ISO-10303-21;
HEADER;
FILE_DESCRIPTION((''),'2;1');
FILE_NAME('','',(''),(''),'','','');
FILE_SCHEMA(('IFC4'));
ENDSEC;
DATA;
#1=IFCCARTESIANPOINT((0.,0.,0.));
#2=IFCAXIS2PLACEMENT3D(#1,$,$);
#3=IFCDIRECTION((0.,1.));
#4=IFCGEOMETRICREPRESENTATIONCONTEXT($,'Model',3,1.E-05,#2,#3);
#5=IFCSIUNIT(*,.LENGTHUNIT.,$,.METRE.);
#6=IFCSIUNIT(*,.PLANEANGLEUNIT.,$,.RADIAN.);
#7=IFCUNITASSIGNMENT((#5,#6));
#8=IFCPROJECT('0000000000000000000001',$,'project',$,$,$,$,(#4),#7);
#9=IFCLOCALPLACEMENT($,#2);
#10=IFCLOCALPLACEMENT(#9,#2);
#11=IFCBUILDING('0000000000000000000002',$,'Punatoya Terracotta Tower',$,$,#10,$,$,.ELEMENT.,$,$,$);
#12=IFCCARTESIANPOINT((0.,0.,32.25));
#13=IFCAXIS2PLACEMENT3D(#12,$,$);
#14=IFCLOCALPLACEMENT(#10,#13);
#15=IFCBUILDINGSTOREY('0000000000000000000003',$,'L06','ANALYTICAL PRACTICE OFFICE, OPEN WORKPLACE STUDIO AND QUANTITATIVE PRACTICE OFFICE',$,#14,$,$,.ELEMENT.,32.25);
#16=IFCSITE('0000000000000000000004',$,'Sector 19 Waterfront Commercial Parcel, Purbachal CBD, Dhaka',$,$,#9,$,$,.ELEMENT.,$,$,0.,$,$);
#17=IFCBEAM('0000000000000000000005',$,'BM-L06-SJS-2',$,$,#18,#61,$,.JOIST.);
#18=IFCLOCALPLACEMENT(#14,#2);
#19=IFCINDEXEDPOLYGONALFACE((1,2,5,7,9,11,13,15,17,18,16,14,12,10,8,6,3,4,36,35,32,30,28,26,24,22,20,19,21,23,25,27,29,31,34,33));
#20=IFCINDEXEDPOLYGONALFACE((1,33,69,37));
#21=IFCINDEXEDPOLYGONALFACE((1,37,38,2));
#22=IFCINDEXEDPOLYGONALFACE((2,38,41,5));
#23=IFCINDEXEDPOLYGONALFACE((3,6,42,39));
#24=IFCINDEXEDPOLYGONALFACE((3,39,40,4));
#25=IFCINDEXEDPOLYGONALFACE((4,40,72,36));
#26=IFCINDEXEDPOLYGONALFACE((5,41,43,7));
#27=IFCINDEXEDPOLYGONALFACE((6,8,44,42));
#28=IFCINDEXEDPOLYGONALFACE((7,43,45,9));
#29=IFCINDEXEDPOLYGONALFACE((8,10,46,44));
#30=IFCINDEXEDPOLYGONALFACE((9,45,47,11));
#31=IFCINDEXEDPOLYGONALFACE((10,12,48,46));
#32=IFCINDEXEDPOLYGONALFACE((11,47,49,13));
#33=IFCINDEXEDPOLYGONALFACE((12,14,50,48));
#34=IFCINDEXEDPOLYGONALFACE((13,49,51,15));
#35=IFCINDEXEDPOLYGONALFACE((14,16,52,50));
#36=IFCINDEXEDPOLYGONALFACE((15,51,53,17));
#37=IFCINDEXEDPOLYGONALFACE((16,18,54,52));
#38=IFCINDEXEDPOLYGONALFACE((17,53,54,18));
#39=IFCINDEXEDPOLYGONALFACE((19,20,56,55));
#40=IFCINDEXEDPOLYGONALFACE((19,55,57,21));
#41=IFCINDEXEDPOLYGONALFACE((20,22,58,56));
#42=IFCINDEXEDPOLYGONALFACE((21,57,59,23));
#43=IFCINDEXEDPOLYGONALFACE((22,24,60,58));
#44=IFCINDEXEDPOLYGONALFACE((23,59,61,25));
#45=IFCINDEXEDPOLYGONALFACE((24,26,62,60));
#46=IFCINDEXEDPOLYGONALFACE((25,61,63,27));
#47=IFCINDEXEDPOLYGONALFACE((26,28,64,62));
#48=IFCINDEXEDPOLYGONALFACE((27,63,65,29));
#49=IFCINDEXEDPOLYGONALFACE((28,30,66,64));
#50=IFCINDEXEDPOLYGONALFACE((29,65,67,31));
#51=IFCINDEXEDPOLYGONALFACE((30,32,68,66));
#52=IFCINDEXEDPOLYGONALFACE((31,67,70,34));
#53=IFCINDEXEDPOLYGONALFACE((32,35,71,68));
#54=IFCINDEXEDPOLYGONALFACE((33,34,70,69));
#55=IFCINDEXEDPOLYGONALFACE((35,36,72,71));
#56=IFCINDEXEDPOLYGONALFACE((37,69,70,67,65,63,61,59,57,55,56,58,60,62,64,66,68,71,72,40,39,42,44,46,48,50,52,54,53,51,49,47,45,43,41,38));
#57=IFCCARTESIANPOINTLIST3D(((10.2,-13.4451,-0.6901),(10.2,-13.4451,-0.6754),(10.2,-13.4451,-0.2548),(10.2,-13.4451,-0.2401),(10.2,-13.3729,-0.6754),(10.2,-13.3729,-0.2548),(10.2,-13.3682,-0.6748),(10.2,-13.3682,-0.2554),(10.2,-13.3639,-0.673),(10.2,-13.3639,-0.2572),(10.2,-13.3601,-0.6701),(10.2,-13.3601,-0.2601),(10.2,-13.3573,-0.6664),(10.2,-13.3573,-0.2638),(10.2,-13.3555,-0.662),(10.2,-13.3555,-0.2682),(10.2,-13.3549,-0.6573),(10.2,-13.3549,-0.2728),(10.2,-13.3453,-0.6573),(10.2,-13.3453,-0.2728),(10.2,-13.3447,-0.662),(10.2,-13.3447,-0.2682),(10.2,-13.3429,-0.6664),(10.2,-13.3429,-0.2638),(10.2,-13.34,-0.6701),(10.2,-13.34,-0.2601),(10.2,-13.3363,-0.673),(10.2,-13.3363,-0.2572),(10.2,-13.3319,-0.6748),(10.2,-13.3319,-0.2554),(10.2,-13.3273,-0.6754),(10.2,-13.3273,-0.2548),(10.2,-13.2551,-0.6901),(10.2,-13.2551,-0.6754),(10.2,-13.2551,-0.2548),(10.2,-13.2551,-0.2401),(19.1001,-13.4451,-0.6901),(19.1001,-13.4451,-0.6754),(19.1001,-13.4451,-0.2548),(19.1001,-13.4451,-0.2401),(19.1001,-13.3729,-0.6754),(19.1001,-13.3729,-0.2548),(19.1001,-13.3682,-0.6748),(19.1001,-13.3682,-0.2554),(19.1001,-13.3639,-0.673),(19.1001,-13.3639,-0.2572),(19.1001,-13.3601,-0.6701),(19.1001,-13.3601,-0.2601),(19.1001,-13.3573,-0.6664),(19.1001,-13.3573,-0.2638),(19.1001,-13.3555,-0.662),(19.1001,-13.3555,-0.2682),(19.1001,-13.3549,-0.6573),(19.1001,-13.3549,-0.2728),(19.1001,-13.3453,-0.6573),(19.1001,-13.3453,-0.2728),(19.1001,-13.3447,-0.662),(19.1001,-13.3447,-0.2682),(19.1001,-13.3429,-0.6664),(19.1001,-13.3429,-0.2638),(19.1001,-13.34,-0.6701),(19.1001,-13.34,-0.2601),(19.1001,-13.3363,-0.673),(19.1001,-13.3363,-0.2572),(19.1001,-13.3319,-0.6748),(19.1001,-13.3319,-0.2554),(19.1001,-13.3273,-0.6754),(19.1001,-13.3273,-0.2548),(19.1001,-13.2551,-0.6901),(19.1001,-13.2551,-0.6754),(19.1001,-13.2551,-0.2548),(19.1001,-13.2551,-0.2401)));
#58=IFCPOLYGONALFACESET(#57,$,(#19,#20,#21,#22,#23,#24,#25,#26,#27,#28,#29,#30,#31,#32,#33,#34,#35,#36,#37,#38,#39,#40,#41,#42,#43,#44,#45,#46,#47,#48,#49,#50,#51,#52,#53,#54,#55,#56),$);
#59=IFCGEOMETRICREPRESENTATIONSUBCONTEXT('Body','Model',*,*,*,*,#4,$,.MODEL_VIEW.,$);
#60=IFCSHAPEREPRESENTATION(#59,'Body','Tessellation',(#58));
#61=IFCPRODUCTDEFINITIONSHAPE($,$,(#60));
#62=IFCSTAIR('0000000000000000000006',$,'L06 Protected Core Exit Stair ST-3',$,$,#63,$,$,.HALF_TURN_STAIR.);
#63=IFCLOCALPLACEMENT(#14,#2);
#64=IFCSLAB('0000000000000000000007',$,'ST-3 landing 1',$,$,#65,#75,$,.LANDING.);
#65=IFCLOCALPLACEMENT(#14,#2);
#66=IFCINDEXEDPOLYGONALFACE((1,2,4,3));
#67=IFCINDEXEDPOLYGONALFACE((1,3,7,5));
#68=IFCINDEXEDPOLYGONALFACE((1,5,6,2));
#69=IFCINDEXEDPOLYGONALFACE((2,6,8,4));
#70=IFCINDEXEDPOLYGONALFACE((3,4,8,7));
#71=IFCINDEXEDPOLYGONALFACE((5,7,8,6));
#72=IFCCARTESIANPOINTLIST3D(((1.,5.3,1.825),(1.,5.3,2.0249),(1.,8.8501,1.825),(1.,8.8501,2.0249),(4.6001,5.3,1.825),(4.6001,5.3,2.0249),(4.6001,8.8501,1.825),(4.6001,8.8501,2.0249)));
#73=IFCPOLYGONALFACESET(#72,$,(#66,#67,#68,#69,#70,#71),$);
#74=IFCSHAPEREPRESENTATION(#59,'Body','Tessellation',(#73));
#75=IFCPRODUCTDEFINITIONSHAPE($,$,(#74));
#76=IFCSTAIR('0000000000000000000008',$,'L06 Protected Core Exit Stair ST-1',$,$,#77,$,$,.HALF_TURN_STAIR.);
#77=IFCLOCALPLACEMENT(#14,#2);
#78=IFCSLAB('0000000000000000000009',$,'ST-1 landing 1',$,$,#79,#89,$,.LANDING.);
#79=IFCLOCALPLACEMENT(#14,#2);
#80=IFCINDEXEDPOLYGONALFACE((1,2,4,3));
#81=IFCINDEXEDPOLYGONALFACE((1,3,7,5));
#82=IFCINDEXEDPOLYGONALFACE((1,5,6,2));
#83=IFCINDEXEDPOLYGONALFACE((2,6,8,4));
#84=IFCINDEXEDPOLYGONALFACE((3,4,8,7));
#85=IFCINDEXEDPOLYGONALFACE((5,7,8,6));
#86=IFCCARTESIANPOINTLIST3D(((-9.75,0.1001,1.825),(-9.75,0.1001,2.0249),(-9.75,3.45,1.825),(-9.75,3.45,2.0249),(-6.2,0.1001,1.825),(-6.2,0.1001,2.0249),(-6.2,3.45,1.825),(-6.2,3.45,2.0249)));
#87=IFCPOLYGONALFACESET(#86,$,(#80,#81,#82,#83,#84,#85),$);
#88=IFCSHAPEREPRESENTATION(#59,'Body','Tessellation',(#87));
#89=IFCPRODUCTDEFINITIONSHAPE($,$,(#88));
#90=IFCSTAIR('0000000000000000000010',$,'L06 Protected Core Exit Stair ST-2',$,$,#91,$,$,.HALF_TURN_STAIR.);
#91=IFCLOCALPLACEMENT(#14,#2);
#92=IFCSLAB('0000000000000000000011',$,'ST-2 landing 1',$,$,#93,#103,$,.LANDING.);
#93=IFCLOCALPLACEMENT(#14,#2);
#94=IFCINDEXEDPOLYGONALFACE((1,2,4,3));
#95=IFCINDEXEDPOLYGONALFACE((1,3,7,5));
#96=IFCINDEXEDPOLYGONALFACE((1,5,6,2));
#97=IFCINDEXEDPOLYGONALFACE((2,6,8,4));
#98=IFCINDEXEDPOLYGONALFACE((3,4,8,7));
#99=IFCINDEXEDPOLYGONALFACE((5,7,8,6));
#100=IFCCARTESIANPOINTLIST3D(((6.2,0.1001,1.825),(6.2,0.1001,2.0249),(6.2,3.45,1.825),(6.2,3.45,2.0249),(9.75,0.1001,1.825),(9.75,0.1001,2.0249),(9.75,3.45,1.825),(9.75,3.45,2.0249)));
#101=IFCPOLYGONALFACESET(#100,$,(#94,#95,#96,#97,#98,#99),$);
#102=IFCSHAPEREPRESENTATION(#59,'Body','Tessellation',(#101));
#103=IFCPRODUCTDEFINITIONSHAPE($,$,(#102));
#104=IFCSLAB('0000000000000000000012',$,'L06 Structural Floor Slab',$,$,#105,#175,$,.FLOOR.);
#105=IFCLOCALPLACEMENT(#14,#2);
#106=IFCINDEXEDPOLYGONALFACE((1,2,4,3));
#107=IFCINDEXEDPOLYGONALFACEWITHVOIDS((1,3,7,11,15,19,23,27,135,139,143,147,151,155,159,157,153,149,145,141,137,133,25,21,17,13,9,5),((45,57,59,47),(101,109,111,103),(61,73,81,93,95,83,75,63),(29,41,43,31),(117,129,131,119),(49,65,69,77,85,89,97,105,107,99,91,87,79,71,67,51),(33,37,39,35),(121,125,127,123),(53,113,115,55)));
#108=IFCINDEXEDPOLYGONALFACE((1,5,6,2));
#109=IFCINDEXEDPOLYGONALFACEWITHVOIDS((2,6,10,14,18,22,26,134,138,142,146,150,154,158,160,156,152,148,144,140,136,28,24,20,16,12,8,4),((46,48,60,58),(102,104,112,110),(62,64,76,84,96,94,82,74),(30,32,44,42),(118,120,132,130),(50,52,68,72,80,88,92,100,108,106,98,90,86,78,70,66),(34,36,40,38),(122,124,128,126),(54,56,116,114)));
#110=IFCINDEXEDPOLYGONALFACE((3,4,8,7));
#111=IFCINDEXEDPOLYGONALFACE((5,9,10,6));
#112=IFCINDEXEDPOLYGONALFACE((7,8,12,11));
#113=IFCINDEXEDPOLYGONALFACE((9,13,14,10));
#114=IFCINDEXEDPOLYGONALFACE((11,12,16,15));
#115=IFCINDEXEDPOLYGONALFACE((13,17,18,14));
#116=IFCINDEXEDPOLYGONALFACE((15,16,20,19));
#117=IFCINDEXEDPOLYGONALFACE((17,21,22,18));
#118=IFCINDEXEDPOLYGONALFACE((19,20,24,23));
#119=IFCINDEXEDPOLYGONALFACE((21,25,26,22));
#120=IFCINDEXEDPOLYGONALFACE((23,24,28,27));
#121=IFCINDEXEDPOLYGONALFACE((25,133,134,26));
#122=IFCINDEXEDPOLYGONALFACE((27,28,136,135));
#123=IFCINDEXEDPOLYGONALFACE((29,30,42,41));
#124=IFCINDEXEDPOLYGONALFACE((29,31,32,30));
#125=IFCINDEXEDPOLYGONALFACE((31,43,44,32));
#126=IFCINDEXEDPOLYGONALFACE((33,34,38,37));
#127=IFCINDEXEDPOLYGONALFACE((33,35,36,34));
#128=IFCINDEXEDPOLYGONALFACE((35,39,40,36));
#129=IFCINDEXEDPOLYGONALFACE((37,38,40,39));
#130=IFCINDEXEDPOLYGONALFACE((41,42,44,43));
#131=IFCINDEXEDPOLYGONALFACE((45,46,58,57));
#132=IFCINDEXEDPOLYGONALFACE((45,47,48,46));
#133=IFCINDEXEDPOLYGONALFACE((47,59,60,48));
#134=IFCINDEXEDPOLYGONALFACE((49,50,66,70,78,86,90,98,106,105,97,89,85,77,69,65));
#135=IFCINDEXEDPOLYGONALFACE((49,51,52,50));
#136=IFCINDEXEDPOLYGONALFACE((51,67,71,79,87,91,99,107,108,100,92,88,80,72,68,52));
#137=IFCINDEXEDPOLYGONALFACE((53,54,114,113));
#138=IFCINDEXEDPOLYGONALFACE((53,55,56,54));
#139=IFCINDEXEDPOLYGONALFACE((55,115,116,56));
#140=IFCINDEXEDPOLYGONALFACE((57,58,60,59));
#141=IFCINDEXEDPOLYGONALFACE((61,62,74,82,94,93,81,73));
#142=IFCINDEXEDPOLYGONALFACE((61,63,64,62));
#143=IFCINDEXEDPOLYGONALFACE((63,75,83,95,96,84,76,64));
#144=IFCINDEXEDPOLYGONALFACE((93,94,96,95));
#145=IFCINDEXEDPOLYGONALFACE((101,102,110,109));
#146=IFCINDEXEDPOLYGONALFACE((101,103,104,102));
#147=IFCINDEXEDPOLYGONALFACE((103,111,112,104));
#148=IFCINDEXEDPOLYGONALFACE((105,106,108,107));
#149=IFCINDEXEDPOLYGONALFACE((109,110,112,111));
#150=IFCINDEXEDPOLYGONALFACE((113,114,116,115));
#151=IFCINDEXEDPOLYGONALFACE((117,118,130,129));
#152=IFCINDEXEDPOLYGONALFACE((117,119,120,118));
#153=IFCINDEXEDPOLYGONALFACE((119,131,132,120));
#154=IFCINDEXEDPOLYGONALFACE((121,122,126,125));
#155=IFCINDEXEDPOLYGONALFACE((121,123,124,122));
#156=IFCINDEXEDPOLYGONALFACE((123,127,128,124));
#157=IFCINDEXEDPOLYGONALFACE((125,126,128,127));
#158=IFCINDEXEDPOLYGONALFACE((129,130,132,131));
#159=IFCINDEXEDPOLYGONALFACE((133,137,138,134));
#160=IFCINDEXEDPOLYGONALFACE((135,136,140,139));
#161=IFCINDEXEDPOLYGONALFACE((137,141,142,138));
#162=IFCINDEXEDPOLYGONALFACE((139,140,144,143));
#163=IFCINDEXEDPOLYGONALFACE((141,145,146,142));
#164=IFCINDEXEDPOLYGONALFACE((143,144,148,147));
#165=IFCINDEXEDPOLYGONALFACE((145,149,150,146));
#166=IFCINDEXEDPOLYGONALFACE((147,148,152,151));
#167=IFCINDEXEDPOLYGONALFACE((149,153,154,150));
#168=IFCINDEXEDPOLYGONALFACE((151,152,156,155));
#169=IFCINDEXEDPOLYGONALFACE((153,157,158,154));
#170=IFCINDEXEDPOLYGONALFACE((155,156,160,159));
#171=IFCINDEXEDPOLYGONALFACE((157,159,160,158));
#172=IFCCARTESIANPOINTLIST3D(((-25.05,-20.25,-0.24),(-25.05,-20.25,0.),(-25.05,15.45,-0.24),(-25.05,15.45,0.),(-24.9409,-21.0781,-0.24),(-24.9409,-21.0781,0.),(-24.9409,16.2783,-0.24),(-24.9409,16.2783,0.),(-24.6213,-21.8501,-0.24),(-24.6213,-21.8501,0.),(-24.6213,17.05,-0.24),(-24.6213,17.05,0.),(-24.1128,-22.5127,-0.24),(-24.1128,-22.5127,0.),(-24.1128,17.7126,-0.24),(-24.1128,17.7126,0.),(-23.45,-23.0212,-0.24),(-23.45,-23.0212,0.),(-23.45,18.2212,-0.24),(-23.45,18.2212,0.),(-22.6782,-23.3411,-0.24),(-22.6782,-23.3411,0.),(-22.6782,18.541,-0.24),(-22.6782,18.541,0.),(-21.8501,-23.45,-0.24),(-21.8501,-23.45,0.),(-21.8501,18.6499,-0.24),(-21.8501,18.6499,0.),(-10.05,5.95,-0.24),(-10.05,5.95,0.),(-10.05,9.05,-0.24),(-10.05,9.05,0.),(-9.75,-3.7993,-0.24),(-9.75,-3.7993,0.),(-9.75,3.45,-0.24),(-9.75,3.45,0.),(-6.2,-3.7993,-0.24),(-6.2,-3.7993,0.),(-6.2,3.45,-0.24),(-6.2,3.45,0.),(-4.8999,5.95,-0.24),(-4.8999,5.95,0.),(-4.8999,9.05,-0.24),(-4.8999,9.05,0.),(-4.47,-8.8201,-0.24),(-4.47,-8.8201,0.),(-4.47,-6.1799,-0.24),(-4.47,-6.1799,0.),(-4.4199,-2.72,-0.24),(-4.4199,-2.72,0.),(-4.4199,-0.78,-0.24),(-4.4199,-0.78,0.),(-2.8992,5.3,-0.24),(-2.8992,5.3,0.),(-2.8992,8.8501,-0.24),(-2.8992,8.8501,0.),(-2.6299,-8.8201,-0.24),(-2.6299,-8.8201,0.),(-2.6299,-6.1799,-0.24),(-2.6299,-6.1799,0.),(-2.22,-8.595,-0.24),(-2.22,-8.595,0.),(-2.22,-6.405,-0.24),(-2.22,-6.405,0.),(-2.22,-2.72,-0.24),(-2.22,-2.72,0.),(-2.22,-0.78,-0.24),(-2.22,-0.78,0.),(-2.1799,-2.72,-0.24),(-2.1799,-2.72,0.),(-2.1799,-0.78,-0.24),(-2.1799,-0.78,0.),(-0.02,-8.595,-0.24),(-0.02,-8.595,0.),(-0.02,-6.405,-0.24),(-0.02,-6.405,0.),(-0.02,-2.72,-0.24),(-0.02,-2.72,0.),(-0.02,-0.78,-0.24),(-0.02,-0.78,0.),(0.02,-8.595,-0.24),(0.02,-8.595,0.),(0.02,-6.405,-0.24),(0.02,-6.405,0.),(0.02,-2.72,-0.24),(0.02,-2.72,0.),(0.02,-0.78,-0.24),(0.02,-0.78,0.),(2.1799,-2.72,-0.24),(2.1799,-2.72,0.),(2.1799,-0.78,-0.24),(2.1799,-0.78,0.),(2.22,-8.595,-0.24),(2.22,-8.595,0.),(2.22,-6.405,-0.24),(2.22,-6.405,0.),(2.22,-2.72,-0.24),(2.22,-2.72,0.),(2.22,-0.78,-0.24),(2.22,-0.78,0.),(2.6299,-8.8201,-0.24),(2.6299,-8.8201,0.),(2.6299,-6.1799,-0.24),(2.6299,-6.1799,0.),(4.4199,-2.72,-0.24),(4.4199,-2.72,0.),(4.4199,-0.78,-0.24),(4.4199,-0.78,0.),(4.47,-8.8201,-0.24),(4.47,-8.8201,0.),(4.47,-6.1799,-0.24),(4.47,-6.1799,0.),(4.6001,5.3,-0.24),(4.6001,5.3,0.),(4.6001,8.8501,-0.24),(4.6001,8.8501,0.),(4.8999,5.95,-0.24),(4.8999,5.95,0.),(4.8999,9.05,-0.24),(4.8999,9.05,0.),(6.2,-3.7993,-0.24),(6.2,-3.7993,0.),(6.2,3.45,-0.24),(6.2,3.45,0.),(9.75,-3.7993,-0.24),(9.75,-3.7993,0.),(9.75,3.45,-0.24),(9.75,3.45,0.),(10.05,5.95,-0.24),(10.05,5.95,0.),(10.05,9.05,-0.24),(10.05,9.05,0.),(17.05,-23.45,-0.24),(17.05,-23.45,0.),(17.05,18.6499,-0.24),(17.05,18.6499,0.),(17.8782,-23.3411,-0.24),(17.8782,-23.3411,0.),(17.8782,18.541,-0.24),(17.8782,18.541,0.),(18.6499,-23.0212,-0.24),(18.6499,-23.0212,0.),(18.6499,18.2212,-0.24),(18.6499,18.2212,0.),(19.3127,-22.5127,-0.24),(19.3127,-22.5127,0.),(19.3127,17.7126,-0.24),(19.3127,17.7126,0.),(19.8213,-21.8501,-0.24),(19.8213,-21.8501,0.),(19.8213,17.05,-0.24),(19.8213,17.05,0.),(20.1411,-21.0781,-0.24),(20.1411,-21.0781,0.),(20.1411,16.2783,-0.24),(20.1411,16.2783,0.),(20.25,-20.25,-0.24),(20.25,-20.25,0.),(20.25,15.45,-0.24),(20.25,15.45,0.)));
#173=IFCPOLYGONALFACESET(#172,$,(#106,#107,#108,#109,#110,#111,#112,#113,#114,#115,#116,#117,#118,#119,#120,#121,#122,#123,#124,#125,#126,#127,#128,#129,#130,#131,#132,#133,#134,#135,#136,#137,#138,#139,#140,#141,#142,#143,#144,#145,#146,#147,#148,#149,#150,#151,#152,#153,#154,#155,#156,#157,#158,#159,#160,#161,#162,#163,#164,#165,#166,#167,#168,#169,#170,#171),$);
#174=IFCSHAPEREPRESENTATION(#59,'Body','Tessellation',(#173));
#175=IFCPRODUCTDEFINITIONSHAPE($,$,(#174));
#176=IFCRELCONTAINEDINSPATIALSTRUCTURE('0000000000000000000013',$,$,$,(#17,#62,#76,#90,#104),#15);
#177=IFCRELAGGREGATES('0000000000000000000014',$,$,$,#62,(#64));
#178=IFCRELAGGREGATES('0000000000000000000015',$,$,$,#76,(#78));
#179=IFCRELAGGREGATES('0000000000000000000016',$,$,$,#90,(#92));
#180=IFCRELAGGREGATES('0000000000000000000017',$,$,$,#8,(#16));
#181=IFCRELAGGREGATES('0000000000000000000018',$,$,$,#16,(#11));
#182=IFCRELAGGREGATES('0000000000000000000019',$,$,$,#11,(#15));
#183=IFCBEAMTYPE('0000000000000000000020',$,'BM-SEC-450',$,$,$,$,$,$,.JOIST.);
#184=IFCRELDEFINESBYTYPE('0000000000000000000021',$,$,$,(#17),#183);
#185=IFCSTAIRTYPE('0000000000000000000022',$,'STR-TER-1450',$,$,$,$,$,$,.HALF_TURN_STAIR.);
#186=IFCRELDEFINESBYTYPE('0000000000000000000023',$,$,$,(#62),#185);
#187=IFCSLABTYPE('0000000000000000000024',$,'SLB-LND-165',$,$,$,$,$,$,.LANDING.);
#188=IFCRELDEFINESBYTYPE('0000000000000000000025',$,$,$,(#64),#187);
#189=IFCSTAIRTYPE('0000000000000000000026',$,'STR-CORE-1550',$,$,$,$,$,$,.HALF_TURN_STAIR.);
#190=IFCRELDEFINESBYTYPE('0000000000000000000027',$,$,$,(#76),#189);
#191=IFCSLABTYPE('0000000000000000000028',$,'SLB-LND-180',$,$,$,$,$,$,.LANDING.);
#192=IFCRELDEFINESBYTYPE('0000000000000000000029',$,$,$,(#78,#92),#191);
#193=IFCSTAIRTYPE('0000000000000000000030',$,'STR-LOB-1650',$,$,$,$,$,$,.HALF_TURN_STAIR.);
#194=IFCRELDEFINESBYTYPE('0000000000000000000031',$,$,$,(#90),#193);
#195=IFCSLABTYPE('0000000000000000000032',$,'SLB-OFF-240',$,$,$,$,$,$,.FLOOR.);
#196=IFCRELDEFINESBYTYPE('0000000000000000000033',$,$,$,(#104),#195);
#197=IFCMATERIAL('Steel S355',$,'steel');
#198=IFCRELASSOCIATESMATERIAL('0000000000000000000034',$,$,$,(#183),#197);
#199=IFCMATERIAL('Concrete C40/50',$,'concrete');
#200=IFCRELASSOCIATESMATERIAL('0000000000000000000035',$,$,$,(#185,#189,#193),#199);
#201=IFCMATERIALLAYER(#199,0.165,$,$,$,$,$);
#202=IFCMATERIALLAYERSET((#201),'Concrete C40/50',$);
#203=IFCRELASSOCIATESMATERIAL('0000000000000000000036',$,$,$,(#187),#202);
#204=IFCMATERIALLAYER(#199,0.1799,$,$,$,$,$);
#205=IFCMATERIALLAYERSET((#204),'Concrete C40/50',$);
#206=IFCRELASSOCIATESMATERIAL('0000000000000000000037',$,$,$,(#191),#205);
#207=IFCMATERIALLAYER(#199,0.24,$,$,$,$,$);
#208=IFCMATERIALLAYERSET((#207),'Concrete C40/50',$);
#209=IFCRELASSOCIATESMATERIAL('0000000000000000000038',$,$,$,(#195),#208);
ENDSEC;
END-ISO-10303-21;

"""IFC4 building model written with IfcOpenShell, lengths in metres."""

from ifc_helpers import new_model, si_unit, direction, frame, origin, origin_2d, place, context, subcontext, project, spatial, polyline, i_section, outline, extrude, material, layer, layer_set, material_profile, profile_set, type_object, element, aggregate, save


model = new_model("IFC4")

# Units and contexts
model_context = context("Model", 3, precision=1e-05, world=origin(), true_north=direction((0.0, 1.0)))
body_context = subcontext(model_context, "Body", "Model", "MODEL_VIEW")
ifc_project = project(units=[si_unit("LENGTHUNIT", "METRE"), si_unit("PLANEANGLEUNIT", "RADIAN")], contexts=[model_context])

# Site, building, storey
site_placement = place(None, origin())
site = spatial("IfcSite", under=ifc_project, at=site_placement, Name="Sector 19 Waterfront Commercial Parcel, Purbachal CBD, Dhaka", CompositionType="ELEMENT", RefElevation=0.0)
building_placement = place(site_placement, origin())
building = spatial("IfcBuilding", under=site, at=building_placement, Name="Punatoya Terracotta Tower", CompositionType="ELEMENT")
storey_placement = place(building_placement, frame((0.0, 0.0, 32.25)))
storey = spatial("IfcBuildingStorey", under=building, at=storey_placement, Name="L06", Description="ANALYTICAL PRACTICE OFFICE, OPEN WORKPLACE STUDIO AND QUANTITATIVE PRACTICE OFFICE", CompositionType="ELEMENT", Elevation=32.25)

# Beam
ifc_material_1 = material(Name="Steel S355", Category="steel")
ifc_material_profile_1 = material_profile(ifc_material_1, i_section(OverallWidth=0.1899, OverallDepth=0.45, WebThickness=0.0095, FlangeThickness=0.0146, FilletRadius=0.0181, at=origin_2d()))
ifc_profile_set_1 = profile_set([ifc_material_profile_1], Name="Steel S355")
beam_type_1 = type_object("IfcBeamType", Name="BM-SEC-450", PredefinedType="JOIST", material=ifc_profile_set_1)
beam_placement = place(storey_placement, frame((10.2, -13.3501, -0.4651), z_axis=(1.0, 0.0, 0.0), x_axis=(0.0, 1.0, 0.0)))
element("IfcBeam", 1, at=beam_placement, inside=storey, type_object=beam_type_1, Name="BM-L06-SJS-2", PredefinedType="JOIST", context=body_context, shape_type="SweptSolid", body=[
    extrude(i_section(OverallWidth=0.1899, OverallDepth=0.45, WebThickness=0.0095, FlangeThickness=0.0146, FilletRadius=0.0181, at=origin_2d()), origin(), (0.0, 0.0, 1.0), 8.9001),
])

# Stairs, slabs
ifc_material_2 = material(Name="Concrete C40/50", Category="concrete")
stair_type_1 = type_object("IfcStairType", Name="STR-TER-1450", PredefinedType="HALF_TURN_STAIR", material=ifc_material_2)
stair_1_placement = place(storey_placement, origin())
stair_1 = element("IfcStair", 2, at=stair_1_placement, inside=storey, type_object=stair_type_1, Name="L06 Protected Core Exit Stair ST-3", PredefinedType="HALF_TURN_STAIR")
ifc_layer_1 = layer(ifc_material_2, 0.165)
ifc_layer_set_1 = layer_set([ifc_layer_1], Name="Concrete C40/50")
slab_type_1 = type_object("IfcSlabType", Name="SLB-LND-165", PredefinedType="LANDING", material=ifc_layer_set_1)
slab_1_placement = place(storey_placement, frame((0.0, 0.0, 1.825)))
slab_1 = element("IfcSlab", 3, at=slab_1_placement, type_object=slab_type_1, Name="ST-3 landing 1", PredefinedType="LANDING", context=body_context, shape_type="SweptSolid", body=[
    extrude(outline(polyline([(1.0, 5.3), (4.6001, 5.3), (4.6001, 8.8501), (1.0, 8.8501), (1.0, 5.3)])), origin(), (0.0, 0.0, 1.0), 0.2),
])
aggregate(stair_1, [slab_1])
stair_type_2 = type_object("IfcStairType", Name="STR-CORE-1550", PredefinedType="HALF_TURN_STAIR", material=ifc_material_2)
stair_2_placement = place(storey_placement, origin())
stair_2 = element("IfcStair", 4, at=stair_2_placement, inside=storey, type_object=stair_type_2, Name="L06 Protected Core Exit Stair ST-1", PredefinedType="HALF_TURN_STAIR")
ifc_layer_2 = layer(ifc_material_2, 0.1799)
ifc_layer_set_2 = layer_set([ifc_layer_2], Name="Concrete C40/50")
slab_type_2 = type_object("IfcSlabType", Name="SLB-LND-180", PredefinedType="LANDING", material=ifc_layer_set_2)
slab_2_placement = place(storey_placement, frame((0.0, 0.0, 1.825)))
slab_2 = element("IfcSlab", 5, at=slab_2_placement, type_object=slab_type_2, Name="ST-1 landing 1", PredefinedType="LANDING", context=body_context, shape_type="SweptSolid", body=[
    extrude(outline(polyline([(-6.2, 0.1001), (-6.2, 3.45), (-9.75, 3.45), (-9.75, 0.1001), (-6.2, 0.1001)])), origin(), (0.0, 0.0, 1.0), 0.2),
])
aggregate(stair_2, [slab_2])
stair_type_3 = type_object("IfcStairType", Name="STR-LOB-1650", PredefinedType="HALF_TURN_STAIR", material=ifc_material_2)
stair_3_placement = place(storey_placement, origin())
stair_3 = element("IfcStair", 6, at=stair_3_placement, inside=storey, type_object=stair_type_3, Name="L06 Protected Core Exit Stair ST-2", PredefinedType="HALF_TURN_STAIR")
slab_3_placement = place(storey_placement, frame((0.0, 0.0, 1.825)))
slab_3 = element("IfcSlab", 7, at=slab_3_placement, type_object=slab_type_2, Name="ST-2 landing 1", PredefinedType="LANDING", context=body_context, shape_type="SweptSolid", body=[
    extrude(outline(polyline([(9.75, 0.1001), (9.75, 3.45), (6.2, 3.45), (6.2, 0.1001), (9.75, 0.1001)])), origin(), (0.0, 0.0, 1.0), 0.2),
])

# Slab
ifc_layer_3 = layer(ifc_material_2, 0.24)
ifc_layer_set_3 = layer_set([ifc_layer_3], Name="Concrete C40/50")
slab_type_3 = type_object("IfcSlabType", Name="SLB-OFF-240", PredefinedType="FLOOR", material=ifc_layer_set_3)
slab_4_placement = place(storey_placement, frame((0.0, 0.0, -0.24)))
element("IfcSlab", 8, at=slab_4_placement, inside=storey, type_object=slab_type_3, Name="L06 Structural Floor Slab", PredefinedType="FLOOR", context=body_context, shape_type="SweptSolid", body=[
    extrude(outline(polyline([(-21.8501, -23.45), (-22.6782, -23.3411), (-23.45, -23.0212), (-24.1128, -22.5127), (-24.6213, -21.8501), (-24.9409, -21.0781), (-25.05, -20.25), (-25.05, 15.45), (-24.9409, 16.2783), (-24.6213, 17.05), (-24.1128, 17.7126), (-23.45, 18.2212), (-22.6782, 18.541), (-21.8501, 18.6499), (17.05, 18.6499), (17.8782, 18.541), (18.6499, 18.2212), (19.3127, 17.7126), (19.8213, 17.05), (20.1411, 16.2783), (20.25, 15.45), (20.25, -20.25), (20.1411, -21.0781), (19.8213, -21.8501), (19.3127, -22.5127), (18.6499, -23.0212), (17.8782, -23.3411), (17.05, -23.45), (-21.8501, -23.45)]), holes=[polyline([(-2.6299, -6.1799), (-4.47, -6.1799), (-4.47, -8.8201), (-2.6299, -8.8201), (-2.6299, -6.1799)]), polyline([(0.02, -8.595), (2.22, -8.595), (2.22, -6.405), (0.02, -6.405), (-0.02, -6.405), (-2.22, -6.405), (-2.22, -8.595), (-0.02, -8.595), (0.02, -8.595)]), polyline([(-2.22, -2.72), (-2.1799, -2.72), (-0.02, -2.72), (0.02, -2.72), (2.1799, -2.72), (2.22, -2.72), (4.4199, -2.72), (4.4199, -0.78), (2.22, -0.78), (2.1799, -0.78), (0.02, -0.78), (-0.02, -0.78), (-2.1799, -0.78), (-2.22, -0.78), (-4.4199, -0.78), (-4.4199, -2.72), (-2.22, -2.72)]), polyline([(-6.2, 3.45), (-9.75, 3.45), (-9.75, -3.7993), (-6.2, -3.7993), (-6.2, 3.45)]), polyline([(4.6001, 5.3), (4.6001, 8.8501), (-2.8992, 8.8501), (-2.8992, 5.3), (4.6001, 5.3)]), polyline([(-4.8999, 9.05), (-10.05, 9.05), (-10.05, 5.95), (-4.8999, 5.95), (-4.8999, 9.05)]), polyline([(4.47, -8.8201), (4.47, -6.1799), (2.6299, -6.1799), (2.6299, -8.8201), (4.47, -8.8201)]), polyline([(9.75, 3.45), (6.2, 3.45), (6.2, -3.7993), (9.75, -3.7993), (9.75, 3.45)]), polyline([(10.05, 5.95), (10.05, 9.05), (4.8999, 9.05), (4.8999, 5.95), (10.05, 5.95)])]), origin(), (0.0, 0.0, 1.0), 0.24),
])

aggregate(stair_3, [slab_3])

save(model, "model.ifc")
